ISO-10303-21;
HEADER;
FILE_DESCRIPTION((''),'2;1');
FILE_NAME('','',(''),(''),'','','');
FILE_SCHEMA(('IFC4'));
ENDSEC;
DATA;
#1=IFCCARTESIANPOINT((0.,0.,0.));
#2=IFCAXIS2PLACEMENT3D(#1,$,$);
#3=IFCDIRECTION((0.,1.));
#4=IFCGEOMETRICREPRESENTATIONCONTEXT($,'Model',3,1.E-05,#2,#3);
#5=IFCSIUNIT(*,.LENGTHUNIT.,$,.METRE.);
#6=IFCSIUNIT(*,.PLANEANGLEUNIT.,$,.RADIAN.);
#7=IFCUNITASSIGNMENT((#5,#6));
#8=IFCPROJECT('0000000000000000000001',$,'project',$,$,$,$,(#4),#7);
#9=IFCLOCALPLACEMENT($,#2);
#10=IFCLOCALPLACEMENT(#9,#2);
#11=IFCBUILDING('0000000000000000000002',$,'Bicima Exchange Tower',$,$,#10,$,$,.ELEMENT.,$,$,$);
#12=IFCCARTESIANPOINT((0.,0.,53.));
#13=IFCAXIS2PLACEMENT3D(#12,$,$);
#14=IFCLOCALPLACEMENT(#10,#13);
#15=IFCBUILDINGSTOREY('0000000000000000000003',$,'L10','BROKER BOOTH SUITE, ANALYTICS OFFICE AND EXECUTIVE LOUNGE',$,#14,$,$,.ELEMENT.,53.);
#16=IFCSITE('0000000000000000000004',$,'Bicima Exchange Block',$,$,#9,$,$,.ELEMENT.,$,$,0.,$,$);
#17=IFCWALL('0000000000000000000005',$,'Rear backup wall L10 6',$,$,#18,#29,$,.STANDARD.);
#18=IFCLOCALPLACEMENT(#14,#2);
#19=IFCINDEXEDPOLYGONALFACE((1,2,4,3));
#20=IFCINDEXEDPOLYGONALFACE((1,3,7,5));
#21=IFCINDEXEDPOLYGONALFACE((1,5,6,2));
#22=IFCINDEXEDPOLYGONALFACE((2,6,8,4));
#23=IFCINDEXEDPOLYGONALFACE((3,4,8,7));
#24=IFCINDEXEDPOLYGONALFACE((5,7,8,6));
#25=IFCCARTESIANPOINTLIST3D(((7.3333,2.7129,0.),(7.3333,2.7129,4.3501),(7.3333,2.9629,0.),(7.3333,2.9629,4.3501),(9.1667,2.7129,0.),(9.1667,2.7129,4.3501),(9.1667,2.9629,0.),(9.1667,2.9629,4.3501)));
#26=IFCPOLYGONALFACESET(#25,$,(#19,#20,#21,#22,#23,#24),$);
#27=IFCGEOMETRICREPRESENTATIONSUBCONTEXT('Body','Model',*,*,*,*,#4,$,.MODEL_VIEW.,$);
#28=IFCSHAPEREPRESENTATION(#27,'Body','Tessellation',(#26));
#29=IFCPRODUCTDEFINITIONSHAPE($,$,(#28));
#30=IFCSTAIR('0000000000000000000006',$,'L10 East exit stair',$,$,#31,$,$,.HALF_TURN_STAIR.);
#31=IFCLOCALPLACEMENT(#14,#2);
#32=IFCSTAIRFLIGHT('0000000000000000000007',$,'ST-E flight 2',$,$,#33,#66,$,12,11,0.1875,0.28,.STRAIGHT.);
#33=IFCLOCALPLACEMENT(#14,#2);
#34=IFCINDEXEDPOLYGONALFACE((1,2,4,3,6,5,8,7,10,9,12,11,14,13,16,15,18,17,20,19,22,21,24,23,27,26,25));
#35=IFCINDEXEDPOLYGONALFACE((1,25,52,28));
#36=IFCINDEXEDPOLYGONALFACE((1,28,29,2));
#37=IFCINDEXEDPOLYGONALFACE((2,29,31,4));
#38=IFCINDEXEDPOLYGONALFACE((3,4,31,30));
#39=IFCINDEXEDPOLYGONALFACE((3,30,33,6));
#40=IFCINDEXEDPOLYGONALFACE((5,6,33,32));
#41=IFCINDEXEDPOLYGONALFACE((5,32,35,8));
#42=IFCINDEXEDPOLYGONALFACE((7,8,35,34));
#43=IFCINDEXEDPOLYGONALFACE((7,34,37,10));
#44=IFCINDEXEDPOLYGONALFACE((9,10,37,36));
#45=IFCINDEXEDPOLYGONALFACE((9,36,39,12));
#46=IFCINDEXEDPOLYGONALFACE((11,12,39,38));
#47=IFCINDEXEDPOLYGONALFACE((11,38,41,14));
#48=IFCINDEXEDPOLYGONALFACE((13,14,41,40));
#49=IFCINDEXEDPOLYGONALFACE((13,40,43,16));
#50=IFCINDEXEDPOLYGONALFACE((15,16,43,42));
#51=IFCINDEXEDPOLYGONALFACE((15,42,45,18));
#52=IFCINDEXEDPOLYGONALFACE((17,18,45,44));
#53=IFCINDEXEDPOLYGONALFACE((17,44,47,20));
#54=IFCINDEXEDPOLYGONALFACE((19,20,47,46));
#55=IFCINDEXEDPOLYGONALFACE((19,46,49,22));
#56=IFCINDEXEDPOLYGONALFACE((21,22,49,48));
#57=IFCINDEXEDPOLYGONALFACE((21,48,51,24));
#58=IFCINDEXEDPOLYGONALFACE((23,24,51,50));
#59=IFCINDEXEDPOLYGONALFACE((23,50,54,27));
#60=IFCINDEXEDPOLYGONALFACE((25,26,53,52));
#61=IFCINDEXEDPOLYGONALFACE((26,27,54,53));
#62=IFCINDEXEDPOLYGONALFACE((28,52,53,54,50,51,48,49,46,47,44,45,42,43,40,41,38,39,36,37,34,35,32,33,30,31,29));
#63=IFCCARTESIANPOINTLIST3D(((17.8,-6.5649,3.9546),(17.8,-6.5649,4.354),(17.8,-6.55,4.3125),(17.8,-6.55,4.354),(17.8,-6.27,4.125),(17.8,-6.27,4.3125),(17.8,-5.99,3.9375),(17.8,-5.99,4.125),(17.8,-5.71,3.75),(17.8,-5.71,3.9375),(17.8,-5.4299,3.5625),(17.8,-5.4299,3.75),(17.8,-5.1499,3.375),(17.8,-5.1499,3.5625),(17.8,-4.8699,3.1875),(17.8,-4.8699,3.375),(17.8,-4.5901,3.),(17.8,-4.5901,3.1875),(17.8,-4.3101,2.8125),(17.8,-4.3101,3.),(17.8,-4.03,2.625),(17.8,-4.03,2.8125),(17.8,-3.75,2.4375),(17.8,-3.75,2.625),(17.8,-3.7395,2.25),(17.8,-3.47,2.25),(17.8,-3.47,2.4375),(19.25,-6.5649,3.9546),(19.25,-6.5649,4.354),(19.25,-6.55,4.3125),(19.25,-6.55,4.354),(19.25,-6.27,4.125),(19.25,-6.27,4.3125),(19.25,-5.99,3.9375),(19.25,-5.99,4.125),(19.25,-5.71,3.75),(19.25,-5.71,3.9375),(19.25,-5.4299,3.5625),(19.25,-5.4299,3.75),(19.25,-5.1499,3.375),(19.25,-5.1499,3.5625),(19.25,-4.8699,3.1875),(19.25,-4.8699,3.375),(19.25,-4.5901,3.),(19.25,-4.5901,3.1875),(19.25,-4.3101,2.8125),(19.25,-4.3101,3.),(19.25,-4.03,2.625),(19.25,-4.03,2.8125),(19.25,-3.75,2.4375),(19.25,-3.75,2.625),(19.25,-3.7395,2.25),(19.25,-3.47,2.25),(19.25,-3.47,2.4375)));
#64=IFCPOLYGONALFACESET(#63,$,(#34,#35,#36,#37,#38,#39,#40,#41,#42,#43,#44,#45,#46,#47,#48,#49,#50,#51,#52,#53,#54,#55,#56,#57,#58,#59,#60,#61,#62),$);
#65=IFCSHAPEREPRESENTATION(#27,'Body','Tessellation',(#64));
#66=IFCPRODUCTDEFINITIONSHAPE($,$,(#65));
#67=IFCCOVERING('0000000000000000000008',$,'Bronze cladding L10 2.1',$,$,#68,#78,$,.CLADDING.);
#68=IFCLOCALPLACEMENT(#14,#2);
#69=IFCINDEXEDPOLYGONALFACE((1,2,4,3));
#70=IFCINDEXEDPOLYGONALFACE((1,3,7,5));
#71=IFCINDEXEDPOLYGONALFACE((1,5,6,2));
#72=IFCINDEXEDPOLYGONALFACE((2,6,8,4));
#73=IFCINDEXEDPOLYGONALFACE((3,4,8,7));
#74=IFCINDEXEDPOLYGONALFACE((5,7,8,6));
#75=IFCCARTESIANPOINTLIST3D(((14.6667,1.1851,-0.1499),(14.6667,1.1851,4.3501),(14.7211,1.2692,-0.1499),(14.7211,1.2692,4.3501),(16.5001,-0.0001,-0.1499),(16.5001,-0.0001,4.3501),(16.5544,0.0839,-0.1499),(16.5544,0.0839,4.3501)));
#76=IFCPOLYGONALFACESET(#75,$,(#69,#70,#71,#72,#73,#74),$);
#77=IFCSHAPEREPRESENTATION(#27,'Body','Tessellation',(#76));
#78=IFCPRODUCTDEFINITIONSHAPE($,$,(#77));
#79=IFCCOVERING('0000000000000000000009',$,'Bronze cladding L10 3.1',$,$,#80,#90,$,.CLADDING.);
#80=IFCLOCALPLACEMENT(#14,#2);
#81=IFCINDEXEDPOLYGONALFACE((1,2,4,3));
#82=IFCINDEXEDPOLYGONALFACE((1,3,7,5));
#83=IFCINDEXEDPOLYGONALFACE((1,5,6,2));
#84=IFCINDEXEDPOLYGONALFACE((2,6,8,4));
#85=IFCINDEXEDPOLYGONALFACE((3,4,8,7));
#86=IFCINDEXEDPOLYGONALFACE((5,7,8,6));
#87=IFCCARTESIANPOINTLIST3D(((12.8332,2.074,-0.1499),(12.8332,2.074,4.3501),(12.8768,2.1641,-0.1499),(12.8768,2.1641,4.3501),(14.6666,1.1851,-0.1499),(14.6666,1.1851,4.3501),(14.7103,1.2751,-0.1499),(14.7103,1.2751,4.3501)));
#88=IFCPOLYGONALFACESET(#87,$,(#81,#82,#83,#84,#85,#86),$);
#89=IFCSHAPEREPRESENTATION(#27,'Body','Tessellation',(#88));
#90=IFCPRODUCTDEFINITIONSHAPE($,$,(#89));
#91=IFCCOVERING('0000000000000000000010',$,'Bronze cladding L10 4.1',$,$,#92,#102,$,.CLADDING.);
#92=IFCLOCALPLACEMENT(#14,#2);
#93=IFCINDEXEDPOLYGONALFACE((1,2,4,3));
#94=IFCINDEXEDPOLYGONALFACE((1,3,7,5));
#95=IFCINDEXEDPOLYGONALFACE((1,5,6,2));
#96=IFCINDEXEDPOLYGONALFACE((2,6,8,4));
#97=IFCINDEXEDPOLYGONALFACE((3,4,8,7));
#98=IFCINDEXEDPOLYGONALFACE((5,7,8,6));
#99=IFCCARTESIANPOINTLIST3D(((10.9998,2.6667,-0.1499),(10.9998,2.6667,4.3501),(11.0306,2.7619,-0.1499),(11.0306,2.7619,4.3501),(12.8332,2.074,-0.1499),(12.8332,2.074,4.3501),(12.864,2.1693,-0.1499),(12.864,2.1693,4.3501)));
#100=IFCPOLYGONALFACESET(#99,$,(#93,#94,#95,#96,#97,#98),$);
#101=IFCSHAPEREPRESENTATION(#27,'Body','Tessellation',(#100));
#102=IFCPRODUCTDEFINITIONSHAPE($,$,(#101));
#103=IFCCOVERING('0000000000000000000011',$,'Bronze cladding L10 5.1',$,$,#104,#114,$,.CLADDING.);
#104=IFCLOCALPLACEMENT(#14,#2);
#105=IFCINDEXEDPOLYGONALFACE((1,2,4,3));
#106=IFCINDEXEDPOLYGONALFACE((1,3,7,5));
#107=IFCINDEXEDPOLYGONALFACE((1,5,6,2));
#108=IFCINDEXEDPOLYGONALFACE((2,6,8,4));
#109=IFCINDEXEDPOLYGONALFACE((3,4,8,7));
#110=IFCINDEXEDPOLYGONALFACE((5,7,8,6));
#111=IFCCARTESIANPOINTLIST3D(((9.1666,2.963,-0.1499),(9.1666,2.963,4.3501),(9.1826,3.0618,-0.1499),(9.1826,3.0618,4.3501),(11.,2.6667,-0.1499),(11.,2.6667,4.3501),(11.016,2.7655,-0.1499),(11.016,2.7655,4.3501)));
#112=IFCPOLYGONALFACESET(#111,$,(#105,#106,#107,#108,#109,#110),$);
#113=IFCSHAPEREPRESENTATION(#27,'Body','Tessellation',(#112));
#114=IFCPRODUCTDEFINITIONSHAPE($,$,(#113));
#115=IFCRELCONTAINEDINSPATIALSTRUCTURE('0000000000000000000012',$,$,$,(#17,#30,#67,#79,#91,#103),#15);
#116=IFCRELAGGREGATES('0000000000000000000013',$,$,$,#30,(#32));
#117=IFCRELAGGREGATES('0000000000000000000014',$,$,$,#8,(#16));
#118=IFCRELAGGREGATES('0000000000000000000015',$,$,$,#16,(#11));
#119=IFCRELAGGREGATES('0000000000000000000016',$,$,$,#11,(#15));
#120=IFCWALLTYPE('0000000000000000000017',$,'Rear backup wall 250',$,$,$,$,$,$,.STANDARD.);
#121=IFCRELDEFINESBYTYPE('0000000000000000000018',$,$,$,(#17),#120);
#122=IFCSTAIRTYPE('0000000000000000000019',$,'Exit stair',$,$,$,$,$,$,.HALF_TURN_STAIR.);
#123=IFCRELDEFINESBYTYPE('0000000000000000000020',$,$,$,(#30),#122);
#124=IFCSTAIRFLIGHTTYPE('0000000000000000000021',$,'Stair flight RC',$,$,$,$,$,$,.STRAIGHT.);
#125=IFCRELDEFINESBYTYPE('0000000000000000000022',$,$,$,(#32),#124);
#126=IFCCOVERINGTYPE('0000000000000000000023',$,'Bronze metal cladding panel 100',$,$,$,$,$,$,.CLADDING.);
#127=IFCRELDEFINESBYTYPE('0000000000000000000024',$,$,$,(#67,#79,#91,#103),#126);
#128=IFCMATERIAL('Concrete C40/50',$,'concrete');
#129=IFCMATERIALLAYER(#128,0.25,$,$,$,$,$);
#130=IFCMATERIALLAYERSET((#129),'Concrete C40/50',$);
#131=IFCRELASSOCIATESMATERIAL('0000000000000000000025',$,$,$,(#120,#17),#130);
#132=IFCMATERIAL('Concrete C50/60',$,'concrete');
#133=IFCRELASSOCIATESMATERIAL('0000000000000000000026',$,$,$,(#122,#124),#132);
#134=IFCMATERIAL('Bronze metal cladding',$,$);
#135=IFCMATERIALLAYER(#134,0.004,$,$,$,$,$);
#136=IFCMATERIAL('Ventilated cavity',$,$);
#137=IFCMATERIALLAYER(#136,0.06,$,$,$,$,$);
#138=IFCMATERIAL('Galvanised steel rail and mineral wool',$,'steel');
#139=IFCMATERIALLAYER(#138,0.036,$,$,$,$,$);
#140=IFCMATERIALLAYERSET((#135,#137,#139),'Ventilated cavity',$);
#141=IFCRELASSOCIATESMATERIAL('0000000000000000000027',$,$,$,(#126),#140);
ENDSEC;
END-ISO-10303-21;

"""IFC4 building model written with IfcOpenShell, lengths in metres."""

from ifc_helpers import new_model, si_unit, direction, frame, frame_2d, origin, origin_2d, place, context, subcontext, project, spatial, polyline, rectangle, outline, extrude, material, layer, layer_set, layer_usage, type_object, element, aggregate, save


model = new_model("IFC4")

# Units and contexts
model_context = context("Model", 3, precision=1e-05, world=origin(), true_north=direction((0.0, 1.0)))
body_context = subcontext(model_context, "Body", "Model", "MODEL_VIEW")
ifc_project = project(units=[si_unit("LENGTHUNIT", "METRE"), si_unit("PLANEANGLEUNIT", "RADIAN")], contexts=[model_context])

# Site, building, storey
site_placement = place(None, origin())
site = spatial("IfcSite", under=ifc_project, at=site_placement, Name="Bicima Exchange Block", CompositionType="ELEMENT", RefElevation=0.0)
building_placement = place(site_placement, origin())
building = spatial("IfcBuilding", under=site, at=building_placement, Name="Bicima Exchange Tower", CompositionType="ELEMENT")
storey_placement = place(building_placement, frame((0.0, 0.0, 53.0)))
storey = spatial("IfcBuildingStorey", under=building, at=storey_placement, Name="L10", Description="BROKER BOOTH SUITE, ANALYTICS OFFICE AND EXECUTIVE LOUNGE", CompositionType="ELEMENT", Elevation=53.0)

# Shared definitions
ifc_material_1 = material(Name="Concrete C50/60", Category="concrete")

# Wall
ifc_material_2 = material(Name="Concrete C40/50", Category="concrete")
ifc_layer_1 = layer(ifc_material_2, 0.25)
ifc_layer_set_1 = layer_set([ifc_layer_1], Name="Concrete C40/50")
ifc_layer_usage = layer_usage(ifc_layer_set_1, "AXIS2", "POSITIVE", -0.125)
wall_type_1 = type_object("IfcWallType", Name="Rear backup wall 250", PredefinedType="STANDARD", material=ifc_layer_set_1)
wall_1_placement = place(storey_placement, frame((9.1667, 2.8379, 0.0), z_axis=(0.0, 0.0, 1.0), x_axis=(-1.0, 0.0, 0.0)))
element("IfcWall", 1, at=wall_1_placement, inside=storey, type_object=wall_type_1, material=ifc_layer_usage, Name="Rear backup wall L10 6", PredefinedType="STANDARD", context=body_context, shape_type="SweptSolid", body=[
    extrude(rectangle(XDim=1.8335, YDim=0.25, at=frame_2d((0.9167, 0.0))), origin(), (0.0, 0.0, 1.0), 4.3501),
])

# Stair, stair flight
stair_type = type_object("IfcStairType", Name="Exit stair", PredefinedType="HALF_TURN_STAIR", material=ifc_material_1)
stair_placement = place(storey_placement, origin())
stair = element("IfcStair", 2, at=stair_placement, inside=storey, type_object=stair_type, Name="L10 East exit stair", PredefinedType="HALF_TURN_STAIR")
stair_flight_type = type_object("IfcStairFlightType", Name="Stair flight RC", PredefinedType="STRAIGHT", material=ifc_material_1)
stair_flight_placement = place(storey_placement, frame((18.5249, -3.47, 2.25), z_axis=(0.0, 0.0, 1.0), x_axis=(0.0, -1.0, 0.0)))
stair_flight = element("IfcStairFlight", 3, at=stair_flight_placement, type_object=stair_flight_type, Name="ST-E flight 2", NumberOfRisers=12, NumberOfTreads=11, PredefinedType="STRAIGHT", RiserHeight=0.1875, TreadLength=0.28, context=body_context, shape_type="SweptSolid", body=[
    extrude(outline(polyline([(0.0, 0.0), (0.0, 0.1875), (0.28, 0.1875), (0.28, 0.375), (0.5601, 0.375), (0.5601, 0.5625), (0.8401, 0.5625), (0.8401, 0.75), (1.1201, 0.75), (1.1201, 0.9375), (1.3999, 0.9375), (1.3999, 1.125), (1.6799, 1.125), (1.6799, 1.3125), (1.96, 1.3125), (1.96, 1.5), (2.24, 1.5), (2.24, 1.6875), (2.52, 1.6875), (2.52, 1.875), (2.8, 1.875), (2.8, 2.0625), (3.0801, 2.0625), (3.0801, 2.104), (3.095, 2.104), (3.095, 1.7046), (0.2695, 0.0), (0.0, 0.0)])), frame((0.0, 0.7251, 0.0), z_axis=(0.0, -1.0, 0.0), x_axis=(1.0, 0.0, 0.0)), (0.0, 0.0, 1.0), 1.45),
])
aggregate(stair, [stair_flight])

# Coverings
ifc_material_3 = material(Name="Bronze metal cladding")
ifc_layer_2 = layer(ifc_material_3, 0.004)
ifc_material_4 = material(Name="Ventilated cavity")
ifc_layer_3 = layer(ifc_material_4, 0.06)
ifc_material_5 = material(Name="Galvanised steel rail and mineral wool", Category="steel")
ifc_layer_4 = layer(ifc_material_5, 0.036)
ifc_layer_set_2 = layer_set([ifc_layer_2, ifc_layer_3, ifc_layer_4], Name="Ventilated cavity")
covering_type = type_object("IfcCoveringType", Name="Bronze metal cladding panel 100", PredefinedType="CLADDING", material=ifc_layer_set_2)
covering_1_placement = place(storey_placement, frame((15.6106, 0.6345, -0.1499), z_axis=(0.0, 0.0, 1.0), x_axis=(-0.83979, 0.542911, 0.0)))
element("IfcCovering", 4, at=covering_1_placement, inside=storey, type_object=covering_type, Name="Bronze cladding L10 2.1", PredefinedType="CLADDING", context=body_context, shape_type="SweptSolid", body=[
    extrude(rectangle(XDim=2.1831, YDim=0.1001, at=origin_2d()), origin(), (0.0, 0.0, 1.0), 4.5),
])
covering_2_placement = place(storey_placement, frame((13.7717, 1.6746, -0.1499), z_axis=(0.0, 0.0, 1.0), x_axis=(-0.899818, 0.436265, 0.0)))
element("IfcCovering", 5, at=covering_2_placement, inside=storey, type_object=covering_type, Name="Bronze cladding L10 3.1", PredefinedType="CLADDING", context=body_context, shape_type="SweptSolid", body=[
    extrude(rectangle(XDim=2.0376, YDim=0.1001, at=origin_2d()), origin(), (0.0, 0.0, 1.0), 4.5),
])
covering_3_placement = place(storey_placement, frame((11.9319, 2.418, -0.1499), z_axis=(0.0, 0.0, 1.0), x_axis=(-0.951525, 0.307573, 0.0)))
element("IfcCovering", 6, at=covering_3_placement, inside=storey, type_object=covering_type, Name="Bronze cladding L10 4.1", PredefinedType="CLADDING", context=body_context, shape_type="SweptSolid", body=[
    extrude(rectangle(XDim=1.9268, YDim=0.1001, at=origin_2d()), origin(), (0.0, 0.0, 1.0), 4.5),
])
covering_4_placement = place(storey_placement, frame((10.0913, 2.8643, -0.1499), z_axis=(0.0, 0.0, 1.0), x_axis=(-0.98719, 0.15955, 0.0)))
element("IfcCovering", 7, at=covering_4_placement, inside=storey, type_object=covering_type, Name="Bronze cladding L10 5.1", PredefinedType="CLADDING", context=body_context, shape_type="SweptSolid", body=[
    extrude(rectangle(XDim=1.8572, YDim=0.1001, at=origin_2d()), origin(), (0.0, 0.0, 1.0), 4.5),
])

save(model, "model.ifc")
